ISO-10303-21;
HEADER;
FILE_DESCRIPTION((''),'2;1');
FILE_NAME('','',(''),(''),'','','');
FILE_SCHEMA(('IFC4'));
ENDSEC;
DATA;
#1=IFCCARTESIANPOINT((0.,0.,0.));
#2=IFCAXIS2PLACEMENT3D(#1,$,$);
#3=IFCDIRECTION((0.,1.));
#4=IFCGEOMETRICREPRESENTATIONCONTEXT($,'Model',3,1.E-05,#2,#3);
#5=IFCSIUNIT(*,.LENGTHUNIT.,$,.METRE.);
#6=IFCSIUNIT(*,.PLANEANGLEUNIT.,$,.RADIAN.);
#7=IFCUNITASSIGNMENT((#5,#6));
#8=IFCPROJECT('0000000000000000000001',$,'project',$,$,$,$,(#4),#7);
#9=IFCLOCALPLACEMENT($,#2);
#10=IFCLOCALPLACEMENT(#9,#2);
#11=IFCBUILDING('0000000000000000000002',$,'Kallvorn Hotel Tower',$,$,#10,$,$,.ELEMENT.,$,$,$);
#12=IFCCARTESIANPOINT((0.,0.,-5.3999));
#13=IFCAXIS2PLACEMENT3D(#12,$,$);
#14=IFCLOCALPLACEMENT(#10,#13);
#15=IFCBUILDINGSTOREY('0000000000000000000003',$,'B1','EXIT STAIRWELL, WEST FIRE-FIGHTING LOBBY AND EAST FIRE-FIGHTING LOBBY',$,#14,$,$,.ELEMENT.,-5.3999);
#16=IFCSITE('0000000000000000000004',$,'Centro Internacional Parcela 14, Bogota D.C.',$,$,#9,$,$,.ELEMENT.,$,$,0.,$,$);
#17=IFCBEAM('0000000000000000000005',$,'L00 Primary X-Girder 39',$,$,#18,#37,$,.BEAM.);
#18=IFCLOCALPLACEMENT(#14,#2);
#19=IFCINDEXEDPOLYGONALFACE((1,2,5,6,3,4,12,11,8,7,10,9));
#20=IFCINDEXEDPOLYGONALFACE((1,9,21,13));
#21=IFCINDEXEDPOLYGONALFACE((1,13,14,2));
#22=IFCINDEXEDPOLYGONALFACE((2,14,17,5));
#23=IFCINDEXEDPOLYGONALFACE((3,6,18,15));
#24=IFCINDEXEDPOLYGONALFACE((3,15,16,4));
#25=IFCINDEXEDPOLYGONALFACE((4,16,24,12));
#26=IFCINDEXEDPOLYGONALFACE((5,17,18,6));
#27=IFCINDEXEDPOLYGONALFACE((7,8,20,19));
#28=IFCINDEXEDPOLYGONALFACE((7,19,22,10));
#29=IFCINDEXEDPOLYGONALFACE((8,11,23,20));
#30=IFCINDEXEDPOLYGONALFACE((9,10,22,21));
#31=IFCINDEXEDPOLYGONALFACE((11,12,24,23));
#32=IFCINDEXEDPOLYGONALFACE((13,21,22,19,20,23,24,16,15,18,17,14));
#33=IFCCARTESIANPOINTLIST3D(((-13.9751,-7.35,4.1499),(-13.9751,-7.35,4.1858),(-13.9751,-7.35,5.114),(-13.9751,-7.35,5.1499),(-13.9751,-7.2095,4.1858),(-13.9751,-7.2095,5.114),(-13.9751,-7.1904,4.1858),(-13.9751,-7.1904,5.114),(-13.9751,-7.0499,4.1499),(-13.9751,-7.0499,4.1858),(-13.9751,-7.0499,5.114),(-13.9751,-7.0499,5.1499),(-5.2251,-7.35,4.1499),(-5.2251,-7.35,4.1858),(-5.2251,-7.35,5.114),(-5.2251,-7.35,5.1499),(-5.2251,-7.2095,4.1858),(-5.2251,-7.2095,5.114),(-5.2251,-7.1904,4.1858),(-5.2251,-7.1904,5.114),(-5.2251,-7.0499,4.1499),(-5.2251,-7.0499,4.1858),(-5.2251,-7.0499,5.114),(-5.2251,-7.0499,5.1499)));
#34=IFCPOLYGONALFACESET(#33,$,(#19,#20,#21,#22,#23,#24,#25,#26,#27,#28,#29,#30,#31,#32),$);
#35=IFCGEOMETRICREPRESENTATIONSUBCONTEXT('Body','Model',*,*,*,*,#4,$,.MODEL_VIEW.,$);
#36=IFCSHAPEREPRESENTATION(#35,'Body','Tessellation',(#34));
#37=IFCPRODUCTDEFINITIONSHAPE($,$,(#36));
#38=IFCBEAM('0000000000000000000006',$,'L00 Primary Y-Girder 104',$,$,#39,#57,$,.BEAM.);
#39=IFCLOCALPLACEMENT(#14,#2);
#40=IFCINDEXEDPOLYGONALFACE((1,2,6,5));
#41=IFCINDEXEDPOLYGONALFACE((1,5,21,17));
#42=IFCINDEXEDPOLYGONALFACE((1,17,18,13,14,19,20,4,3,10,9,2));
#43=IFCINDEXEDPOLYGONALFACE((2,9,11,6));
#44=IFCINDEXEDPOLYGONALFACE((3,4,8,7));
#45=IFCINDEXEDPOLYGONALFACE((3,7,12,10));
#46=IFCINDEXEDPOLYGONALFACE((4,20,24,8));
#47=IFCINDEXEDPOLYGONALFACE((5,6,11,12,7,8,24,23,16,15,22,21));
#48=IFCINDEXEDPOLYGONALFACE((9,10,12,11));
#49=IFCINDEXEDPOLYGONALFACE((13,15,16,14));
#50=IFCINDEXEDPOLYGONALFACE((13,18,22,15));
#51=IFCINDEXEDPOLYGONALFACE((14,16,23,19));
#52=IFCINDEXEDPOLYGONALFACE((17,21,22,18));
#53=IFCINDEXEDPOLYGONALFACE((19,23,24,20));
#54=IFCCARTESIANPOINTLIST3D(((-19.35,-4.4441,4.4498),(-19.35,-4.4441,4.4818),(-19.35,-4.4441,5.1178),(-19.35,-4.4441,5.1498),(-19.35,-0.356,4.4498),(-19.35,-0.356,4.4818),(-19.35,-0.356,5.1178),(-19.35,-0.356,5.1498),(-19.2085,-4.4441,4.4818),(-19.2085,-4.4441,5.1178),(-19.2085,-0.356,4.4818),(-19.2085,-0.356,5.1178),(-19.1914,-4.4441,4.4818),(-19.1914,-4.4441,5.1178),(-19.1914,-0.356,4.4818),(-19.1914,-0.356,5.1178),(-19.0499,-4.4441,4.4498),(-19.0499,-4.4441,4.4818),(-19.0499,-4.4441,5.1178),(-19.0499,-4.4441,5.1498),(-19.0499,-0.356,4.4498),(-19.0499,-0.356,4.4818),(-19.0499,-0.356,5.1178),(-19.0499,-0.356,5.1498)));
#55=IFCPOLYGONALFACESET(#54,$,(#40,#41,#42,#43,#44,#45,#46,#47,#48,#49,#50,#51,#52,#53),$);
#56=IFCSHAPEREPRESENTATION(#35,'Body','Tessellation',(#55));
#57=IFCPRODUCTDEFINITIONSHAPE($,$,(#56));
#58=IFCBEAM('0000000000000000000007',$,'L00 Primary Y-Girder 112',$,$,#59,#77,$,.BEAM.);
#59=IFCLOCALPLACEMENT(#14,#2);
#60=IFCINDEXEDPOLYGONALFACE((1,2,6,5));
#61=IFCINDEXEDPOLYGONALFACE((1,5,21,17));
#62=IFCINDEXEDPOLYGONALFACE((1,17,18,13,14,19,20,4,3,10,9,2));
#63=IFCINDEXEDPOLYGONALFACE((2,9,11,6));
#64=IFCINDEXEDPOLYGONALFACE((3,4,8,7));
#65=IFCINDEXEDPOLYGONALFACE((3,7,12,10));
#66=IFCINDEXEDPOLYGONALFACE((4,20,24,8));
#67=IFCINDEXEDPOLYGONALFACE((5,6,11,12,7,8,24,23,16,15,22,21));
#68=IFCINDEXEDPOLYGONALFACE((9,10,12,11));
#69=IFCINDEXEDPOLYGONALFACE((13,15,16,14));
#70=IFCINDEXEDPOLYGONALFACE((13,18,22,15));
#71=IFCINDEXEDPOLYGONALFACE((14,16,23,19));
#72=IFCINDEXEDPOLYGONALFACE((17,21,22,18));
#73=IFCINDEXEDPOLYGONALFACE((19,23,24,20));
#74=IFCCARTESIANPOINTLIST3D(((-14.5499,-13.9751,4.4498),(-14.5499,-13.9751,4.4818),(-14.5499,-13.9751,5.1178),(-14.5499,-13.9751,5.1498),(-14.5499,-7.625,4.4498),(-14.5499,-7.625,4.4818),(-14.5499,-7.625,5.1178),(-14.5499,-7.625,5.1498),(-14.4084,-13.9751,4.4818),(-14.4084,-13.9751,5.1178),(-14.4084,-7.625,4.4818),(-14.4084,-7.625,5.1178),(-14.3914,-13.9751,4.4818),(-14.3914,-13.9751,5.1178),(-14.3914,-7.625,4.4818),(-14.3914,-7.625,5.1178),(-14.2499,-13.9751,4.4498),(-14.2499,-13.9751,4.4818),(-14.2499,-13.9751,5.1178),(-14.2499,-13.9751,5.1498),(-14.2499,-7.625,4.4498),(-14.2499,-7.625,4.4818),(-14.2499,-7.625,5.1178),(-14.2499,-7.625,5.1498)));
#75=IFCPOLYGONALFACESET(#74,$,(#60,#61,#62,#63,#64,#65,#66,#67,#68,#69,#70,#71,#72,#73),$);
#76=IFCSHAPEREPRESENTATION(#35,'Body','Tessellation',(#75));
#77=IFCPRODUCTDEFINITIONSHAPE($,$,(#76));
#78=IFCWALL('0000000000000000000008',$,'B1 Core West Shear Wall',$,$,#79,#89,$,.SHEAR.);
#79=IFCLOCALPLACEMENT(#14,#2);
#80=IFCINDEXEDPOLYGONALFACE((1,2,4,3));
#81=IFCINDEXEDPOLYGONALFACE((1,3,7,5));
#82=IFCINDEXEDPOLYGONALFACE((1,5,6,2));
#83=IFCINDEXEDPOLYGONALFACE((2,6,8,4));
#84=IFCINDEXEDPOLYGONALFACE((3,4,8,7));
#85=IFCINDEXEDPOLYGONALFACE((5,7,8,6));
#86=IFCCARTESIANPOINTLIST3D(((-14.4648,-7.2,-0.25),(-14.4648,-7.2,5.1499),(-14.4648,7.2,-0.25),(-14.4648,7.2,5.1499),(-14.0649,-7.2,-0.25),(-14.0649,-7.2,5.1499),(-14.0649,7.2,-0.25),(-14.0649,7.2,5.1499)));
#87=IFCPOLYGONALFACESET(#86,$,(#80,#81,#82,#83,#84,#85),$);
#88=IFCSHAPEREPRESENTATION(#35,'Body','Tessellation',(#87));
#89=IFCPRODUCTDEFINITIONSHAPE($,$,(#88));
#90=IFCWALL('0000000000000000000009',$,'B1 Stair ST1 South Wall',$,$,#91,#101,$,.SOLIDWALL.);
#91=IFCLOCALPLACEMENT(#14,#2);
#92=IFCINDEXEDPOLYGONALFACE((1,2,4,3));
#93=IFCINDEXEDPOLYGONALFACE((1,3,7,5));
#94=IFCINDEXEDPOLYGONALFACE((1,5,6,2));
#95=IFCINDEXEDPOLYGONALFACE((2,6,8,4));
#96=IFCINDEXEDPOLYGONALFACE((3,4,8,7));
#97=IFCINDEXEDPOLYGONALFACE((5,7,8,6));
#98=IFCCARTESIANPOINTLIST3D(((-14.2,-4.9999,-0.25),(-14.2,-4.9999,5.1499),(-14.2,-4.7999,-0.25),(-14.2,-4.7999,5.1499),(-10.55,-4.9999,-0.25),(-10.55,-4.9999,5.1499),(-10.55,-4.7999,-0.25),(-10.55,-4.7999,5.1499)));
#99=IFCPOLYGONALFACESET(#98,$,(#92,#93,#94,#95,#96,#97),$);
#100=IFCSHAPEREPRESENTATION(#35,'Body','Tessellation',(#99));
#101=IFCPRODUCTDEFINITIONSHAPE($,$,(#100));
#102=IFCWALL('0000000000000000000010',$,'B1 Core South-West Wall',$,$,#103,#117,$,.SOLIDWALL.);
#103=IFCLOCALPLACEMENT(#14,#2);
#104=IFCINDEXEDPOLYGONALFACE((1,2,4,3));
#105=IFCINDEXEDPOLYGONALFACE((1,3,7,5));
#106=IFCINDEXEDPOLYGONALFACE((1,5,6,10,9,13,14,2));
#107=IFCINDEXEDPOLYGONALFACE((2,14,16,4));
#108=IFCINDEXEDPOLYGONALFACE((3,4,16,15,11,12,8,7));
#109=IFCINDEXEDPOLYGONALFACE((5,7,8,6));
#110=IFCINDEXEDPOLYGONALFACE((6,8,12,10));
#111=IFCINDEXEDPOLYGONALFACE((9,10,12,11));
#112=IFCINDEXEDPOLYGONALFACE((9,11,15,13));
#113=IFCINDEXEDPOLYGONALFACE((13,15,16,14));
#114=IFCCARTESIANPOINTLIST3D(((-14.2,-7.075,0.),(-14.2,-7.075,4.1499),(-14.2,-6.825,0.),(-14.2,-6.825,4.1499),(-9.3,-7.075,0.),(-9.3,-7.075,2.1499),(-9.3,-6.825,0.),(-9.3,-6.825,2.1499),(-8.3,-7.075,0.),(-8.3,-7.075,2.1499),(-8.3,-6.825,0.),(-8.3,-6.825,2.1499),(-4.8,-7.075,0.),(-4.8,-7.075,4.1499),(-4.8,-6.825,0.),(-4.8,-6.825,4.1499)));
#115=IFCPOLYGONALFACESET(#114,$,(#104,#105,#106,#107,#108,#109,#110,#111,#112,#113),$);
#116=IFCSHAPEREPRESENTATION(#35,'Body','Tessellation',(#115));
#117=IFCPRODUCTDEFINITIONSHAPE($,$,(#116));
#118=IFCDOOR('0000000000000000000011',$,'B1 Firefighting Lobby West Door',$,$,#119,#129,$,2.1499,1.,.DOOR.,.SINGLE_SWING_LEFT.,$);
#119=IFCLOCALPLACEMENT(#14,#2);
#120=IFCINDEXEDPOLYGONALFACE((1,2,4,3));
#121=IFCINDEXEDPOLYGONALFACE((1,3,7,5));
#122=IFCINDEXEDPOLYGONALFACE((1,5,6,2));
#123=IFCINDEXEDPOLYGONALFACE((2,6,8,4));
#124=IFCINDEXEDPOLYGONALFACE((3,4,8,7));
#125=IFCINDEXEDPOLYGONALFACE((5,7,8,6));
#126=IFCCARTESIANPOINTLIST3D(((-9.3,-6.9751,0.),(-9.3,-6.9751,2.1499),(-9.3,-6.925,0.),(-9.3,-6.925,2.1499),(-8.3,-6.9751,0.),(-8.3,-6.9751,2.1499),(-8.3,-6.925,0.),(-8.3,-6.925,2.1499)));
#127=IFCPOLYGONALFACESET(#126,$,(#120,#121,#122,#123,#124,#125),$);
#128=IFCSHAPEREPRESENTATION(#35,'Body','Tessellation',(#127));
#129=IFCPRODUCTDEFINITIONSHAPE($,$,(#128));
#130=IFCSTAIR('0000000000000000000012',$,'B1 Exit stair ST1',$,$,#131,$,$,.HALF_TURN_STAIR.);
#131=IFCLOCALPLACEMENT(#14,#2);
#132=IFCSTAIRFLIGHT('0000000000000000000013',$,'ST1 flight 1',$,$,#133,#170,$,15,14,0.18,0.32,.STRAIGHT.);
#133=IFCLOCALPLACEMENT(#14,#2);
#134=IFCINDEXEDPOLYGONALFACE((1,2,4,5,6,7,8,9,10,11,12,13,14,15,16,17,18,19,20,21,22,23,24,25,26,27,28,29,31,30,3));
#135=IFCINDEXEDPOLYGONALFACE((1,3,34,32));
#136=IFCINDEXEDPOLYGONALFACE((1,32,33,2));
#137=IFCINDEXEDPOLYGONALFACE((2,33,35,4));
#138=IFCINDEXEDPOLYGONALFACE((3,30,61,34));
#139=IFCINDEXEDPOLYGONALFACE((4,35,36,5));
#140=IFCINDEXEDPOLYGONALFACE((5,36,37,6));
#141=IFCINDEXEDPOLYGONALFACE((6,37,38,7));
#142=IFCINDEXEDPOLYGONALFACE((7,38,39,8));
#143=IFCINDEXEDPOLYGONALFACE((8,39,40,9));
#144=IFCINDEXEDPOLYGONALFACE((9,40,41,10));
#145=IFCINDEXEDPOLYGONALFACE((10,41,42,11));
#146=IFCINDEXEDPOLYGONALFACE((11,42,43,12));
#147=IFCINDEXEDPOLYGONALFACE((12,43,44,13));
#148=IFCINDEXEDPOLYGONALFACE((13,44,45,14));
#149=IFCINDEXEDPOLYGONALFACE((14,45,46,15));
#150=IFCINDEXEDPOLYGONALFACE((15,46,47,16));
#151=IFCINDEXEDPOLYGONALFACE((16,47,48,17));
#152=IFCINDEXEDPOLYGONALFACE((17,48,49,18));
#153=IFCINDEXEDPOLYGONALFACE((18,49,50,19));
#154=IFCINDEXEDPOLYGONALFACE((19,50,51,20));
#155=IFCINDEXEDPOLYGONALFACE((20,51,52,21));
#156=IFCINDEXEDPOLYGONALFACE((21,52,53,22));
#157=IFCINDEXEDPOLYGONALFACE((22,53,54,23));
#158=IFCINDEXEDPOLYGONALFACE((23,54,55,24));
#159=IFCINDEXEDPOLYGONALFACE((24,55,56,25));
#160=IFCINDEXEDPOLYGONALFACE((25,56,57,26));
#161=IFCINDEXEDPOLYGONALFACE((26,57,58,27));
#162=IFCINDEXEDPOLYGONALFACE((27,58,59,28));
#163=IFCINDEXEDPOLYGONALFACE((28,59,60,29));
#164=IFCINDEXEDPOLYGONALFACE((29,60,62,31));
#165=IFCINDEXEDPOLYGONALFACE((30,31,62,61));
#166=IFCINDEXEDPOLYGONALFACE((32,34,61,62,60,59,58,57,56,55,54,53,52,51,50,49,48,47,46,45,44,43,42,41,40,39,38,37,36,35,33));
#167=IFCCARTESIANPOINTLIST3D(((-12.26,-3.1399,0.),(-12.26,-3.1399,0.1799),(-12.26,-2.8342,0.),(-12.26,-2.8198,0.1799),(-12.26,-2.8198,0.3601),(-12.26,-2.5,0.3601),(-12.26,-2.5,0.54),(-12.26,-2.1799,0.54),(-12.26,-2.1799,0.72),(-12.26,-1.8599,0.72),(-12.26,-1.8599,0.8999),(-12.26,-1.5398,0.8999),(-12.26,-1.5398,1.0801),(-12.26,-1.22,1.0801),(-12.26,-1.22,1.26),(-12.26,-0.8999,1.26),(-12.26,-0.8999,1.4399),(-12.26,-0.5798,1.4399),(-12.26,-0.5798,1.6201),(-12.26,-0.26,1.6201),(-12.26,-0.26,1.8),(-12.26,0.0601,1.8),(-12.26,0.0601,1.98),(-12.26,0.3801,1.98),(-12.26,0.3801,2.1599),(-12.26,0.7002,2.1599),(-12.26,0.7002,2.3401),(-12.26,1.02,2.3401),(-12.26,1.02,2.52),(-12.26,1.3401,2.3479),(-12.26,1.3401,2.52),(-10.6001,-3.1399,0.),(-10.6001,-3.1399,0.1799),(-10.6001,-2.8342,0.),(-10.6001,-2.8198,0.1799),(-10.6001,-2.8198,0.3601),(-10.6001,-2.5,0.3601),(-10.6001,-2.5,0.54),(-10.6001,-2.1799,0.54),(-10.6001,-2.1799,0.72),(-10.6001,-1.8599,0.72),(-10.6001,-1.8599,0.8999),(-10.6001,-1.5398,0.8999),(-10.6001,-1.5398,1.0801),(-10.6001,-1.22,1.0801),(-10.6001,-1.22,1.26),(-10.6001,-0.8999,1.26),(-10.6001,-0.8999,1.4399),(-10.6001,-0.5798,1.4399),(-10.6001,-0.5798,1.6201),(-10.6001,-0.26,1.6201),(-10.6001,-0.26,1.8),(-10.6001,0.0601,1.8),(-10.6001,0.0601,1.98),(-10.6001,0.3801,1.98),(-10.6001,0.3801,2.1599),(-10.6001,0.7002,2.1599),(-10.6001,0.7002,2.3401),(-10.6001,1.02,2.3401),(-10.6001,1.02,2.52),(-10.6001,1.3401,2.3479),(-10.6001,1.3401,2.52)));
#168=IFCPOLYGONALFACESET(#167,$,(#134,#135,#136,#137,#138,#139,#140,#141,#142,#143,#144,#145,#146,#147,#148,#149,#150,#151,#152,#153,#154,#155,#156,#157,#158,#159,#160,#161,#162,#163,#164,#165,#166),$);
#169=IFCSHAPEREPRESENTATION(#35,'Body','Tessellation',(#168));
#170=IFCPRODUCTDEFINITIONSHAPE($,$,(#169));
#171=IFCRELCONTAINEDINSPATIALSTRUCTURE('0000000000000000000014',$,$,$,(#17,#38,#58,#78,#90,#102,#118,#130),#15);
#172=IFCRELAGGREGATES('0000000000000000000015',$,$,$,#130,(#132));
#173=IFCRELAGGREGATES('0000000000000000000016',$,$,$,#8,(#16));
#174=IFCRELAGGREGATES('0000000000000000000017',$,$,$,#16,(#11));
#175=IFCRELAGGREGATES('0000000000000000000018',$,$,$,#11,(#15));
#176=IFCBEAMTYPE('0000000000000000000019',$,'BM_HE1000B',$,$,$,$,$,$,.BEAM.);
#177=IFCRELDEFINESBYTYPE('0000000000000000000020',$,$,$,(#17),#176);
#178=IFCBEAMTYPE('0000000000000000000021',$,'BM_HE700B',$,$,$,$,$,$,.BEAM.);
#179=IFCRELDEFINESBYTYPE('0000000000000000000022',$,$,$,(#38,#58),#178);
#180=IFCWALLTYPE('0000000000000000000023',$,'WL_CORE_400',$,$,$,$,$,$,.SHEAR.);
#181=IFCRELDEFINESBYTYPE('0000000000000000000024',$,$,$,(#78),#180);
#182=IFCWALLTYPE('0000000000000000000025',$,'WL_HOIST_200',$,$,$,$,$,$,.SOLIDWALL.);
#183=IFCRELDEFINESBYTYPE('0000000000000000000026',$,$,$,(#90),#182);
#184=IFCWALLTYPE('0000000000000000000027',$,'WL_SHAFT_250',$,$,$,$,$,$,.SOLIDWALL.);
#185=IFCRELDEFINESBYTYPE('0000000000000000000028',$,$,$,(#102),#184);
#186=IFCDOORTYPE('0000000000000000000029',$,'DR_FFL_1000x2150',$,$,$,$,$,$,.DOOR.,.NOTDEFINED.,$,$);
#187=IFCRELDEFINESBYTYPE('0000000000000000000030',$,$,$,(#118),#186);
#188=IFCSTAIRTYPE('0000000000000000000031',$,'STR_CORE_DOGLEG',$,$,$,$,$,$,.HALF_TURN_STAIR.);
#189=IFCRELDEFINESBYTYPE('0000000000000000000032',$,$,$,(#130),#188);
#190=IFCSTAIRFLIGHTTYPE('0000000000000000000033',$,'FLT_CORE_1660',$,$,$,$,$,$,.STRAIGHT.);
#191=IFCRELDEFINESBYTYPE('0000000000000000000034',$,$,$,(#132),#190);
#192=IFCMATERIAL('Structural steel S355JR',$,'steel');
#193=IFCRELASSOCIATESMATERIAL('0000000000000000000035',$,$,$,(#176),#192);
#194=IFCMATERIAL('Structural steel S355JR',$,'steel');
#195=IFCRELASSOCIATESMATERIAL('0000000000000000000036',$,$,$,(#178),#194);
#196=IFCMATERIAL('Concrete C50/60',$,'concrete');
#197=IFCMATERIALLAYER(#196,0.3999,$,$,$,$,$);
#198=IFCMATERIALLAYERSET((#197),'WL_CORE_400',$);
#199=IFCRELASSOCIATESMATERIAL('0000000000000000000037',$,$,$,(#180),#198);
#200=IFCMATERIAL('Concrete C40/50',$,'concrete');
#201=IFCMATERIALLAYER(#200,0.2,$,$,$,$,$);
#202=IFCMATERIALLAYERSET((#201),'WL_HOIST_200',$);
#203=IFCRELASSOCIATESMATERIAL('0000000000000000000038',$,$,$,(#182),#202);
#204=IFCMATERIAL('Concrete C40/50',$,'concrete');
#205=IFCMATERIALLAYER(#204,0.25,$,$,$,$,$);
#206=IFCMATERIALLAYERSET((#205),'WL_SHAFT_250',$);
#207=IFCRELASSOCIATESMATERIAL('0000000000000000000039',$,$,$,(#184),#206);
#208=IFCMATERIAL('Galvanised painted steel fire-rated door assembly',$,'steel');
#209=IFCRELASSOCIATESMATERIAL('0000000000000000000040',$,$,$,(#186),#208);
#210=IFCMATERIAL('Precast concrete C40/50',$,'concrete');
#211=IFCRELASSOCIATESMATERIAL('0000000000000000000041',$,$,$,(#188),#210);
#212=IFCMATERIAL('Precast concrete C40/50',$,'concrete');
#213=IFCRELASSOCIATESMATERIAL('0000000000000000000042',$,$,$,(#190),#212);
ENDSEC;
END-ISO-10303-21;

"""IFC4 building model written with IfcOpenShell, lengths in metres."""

from ifc_helpers import new_model, si_unit, direction, frame, frame_2d, origin, origin_2d, place, context, subcontext, project, spatial, polyline, rectangle, i_section, outline, extrude, material, layer, layer_set, material_profile, profile_set, type_object, element, fill, aggregate, save


model = new_model("IFC4")

# Units and contexts
model_context = context("Model", 3, precision=1e-05, world=origin(), true_north=direction((0.0, 1.0)))
body_context = subcontext(model_context, "Body", "Model", "MODEL_VIEW")
ifc_project = project(units=[si_unit("LENGTHUNIT", "METRE"), si_unit("PLANEANGLEUNIT", "RADIAN")], contexts=[model_context])

# Site, building, storey
site_placement = place(None, origin())
site = spatial("IfcSite", under=ifc_project, at=site_placement, Name="Centro Internacional Parcela 14, Bogota D.C.", CompositionType="ELEMENT", RefElevation=0.0)
building_placement = place(site_placement, origin())
building = spatial("IfcBuilding", under=site, at=building_placement, Name="Kallvorn Hotel Tower", CompositionType="ELEMENT")
storey_placement = place(building_placement, frame((0.0, 0.0, -5.3999)))
storey = spatial("IfcBuildingStorey", under=building, at=storey_placement, Name="B1", Description="EXIT STAIRWELL, WEST FIRE-FIGHTING LOBBY AND EAST FIRE-FIGHTING LOBBY", CompositionType="ELEMENT", Elevation=-5.3999)

# Beams
ifc_material_1 = material(Name="Structural steel S355JR", Category="steel")
ifc_material_profile_1 = material_profile(ifc_material_1, i_section(OverallWidth=0.3, OverallDepth=1.0, WebThickness=0.019, FlangeThickness=0.0359, at=origin_2d()), Name="HE 1000 B")
ifc_profile_set_1 = profile_set([ifc_material_profile_1], Name="Structural steel S355JR")
beam_type_1 = type_object("IfcBeamType", Name="BM_HE1000B", PredefinedType="BEAM", material=ifc_profile_set_1)
beam_1_placement = place(storey_placement, frame((-13.9751, -7.2, 4.6499), z_axis=(1.0, 0.0, 0.0), x_axis=(0.0, 1.0, 0.0)))
element("IfcBeam", 1, at=beam_1_placement, inside=storey, type_object=beam_type_1, Name="L00 Primary X-Girder 39", PredefinedType="BEAM", context=body_context, shape_type="SweptSolid", body=[
    extrude(i_section(OverallWidth=0.3, OverallDepth=1.0, WebThickness=0.019, FlangeThickness=0.0359, at=origin_2d()), origin(), (0.0, 0.0, 1.0), 8.75),
])
ifc_material_2 = material(Name="Structural steel S355JR", Category="steel")
ifc_material_profile_2 = material_profile(ifc_material_2, i_section(OverallWidth=0.3, OverallDepth=0.7, WebThickness=0.0171, FlangeThickness=0.032, at=origin_2d()), Name="HE 700 B")
ifc_profile_set_2 = profile_set([ifc_material_profile_2], Name="Structural steel S355JR")
beam_type_2 = type_object("IfcBeamType", Name="BM_HE700B", PredefinedType="BEAM", material=ifc_profile_set_2)
beam_2_placement = place(storey_placement, frame((-19.2, -4.4441, 4.7998), z_axis=(0.0, 1.0, 0.0), x_axis=(-1.0, 0.0, 0.0)))
element("IfcBeam", 2, at=beam_2_placement, inside=storey, type_object=beam_type_2, Name="L00 Primary Y-Girder 104", PredefinedType="BEAM", context=body_context, shape_type="SweptSolid", body=[
    extrude(i_section(OverallWidth=0.3, OverallDepth=0.7, WebThickness=0.0171, FlangeThickness=0.032, at=origin_2d()), origin(), (0.0, 0.0, 1.0), 4.0881),
])
beam_3_placement = place(storey_placement, frame((-14.3999, -13.9751, 4.7998), z_axis=(0.0, 1.0, 0.0), x_axis=(-1.0, 0.0, 0.0)))
element("IfcBeam", 3, at=beam_3_placement, inside=storey, type_object=beam_type_2, Name="L00 Primary Y-Girder 112", PredefinedType="BEAM", context=body_context, shape_type="SweptSolid", body=[
    extrude(i_section(OverallWidth=0.3, OverallDepth=0.7, WebThickness=0.0171, FlangeThickness=0.032, at=origin_2d()), origin(), (0.0, 0.0, 1.0), 6.3501),
])

# Walls
ifc_material_3 = material(Name="Concrete C50/60", Category="concrete")
ifc_layer_1 = layer(ifc_material_3, 0.3999)
ifc_layer_set_1 = layer_set([ifc_layer_1], Name="WL_CORE_400")
wall_type_1 = type_object("IfcWallType", Name="WL_CORE_400", PredefinedType="SHEAR", material=ifc_layer_set_1)
wall_1_placement = place(storey_placement, frame((-14.2649, -7.2, -0.25), z_axis=(0.0, 0.0, 1.0), x_axis=(0.0, 1.0, 0.0)))
element("IfcWall", 4, at=wall_1_placement, inside=storey, type_object=wall_type_1, Name="B1 Core West Shear Wall", PredefinedType="SHEAR", context=body_context, shape_type="SweptSolid", body=[
    extrude(rectangle(XDim=14.3999, YDim=0.3999, at=frame_2d((7.2, 0.0))), origin(), (0.0, 0.0, 1.0), 5.3999),
])
ifc_material_4 = material(Name="Concrete C40/50", Category="concrete")
ifc_layer_2 = layer(ifc_material_4, 0.2)
ifc_layer_set_2 = layer_set([ifc_layer_2], Name="WL_HOIST_200")
wall_type_2 = type_object("IfcWallType", Name="WL_HOIST_200", PredefinedType="SOLIDWALL", material=ifc_layer_set_2)
wall_2_placement = place(storey_placement, frame((-14.2, -4.8999, -0.25), z_axis=(0.0, 0.0, 1.0), x_axis=(1.0, 0.0, 0.0)))
element("IfcWall", 5, at=wall_2_placement, inside=storey, type_object=wall_type_2, Name="B1 Stair ST1 South Wall", PredefinedType="SOLIDWALL", context=body_context, shape_type="SweptSolid", body=[
    extrude(rectangle(XDim=3.6499, YDim=0.2, at=frame_2d((1.825, 0.0))), origin(), (0.0, 0.0, 1.0), 5.3999),
])

# Wall, opening, door
ifc_material_5 = material(Name="Concrete C40/50", Category="concrete")
ifc_layer_3 = layer(ifc_material_5, 0.25)
ifc_layer_set_3 = layer_set([ifc_layer_3], Name="WL_SHAFT_250")
wall_type_3 = type_object("IfcWallType", Name="WL_SHAFT_250", PredefinedType="SOLIDWALL", material=ifc_layer_set_3)
wall_3_placement = place(storey_placement, frame((-14.2, -6.95, 0.0), z_axis=(0.0, 0.0, 1.0), x_axis=(1.0, 0.0, 0.0)))
wall_3 = element("IfcWall", 6, at=wall_3_placement, inside=storey, type_object=wall_type_3, Name="B1 Core South-West Wall", PredefinedType="SOLIDWALL", context=body_context, shape_type="SweptSolid", body=[
    extrude(rectangle(XDim=9.3999, YDim=0.25, at=frame_2d((4.7, 0.0))), origin(), (0.0, 0.0, 1.0), 4.1499),
])
opening_placement = place(wall_3_placement, frame((4.8999, 0.0, 0.0)))
opening = element("IfcOpeningElement", 7, at=opening_placement, cuts=wall_3, PredefinedType="OPENING", context=body_context, shape_type="SweptSolid", body=[
    extrude(rectangle(XDim=1.0, YDim=2.1499, at=frame_2d((0.5, 1.075))), frame((0.0, 0.1399, 0.0), z_axis=(0.0, -1.0, 0.0), x_axis=(1.0, 0.0, 0.0)), (0.0, 0.0, 1.0), 0.28),
])
ifc_material_6 = material(Name="Galvanised painted steel fire-rated door assembly", Category="steel")
door_type = type_object("IfcDoorType", Name="DR_FFL_1000x2150", OperationType="NOTDEFINED", PredefinedType="DOOR", material=ifc_material_6)
door_placement = place(opening_placement, origin())
door = element("IfcDoor", 8, at=door_placement, inside=storey, type_object=door_type, Name="B1 Firefighting Lobby West Door", OperationType="SINGLE_SWING_LEFT", OverallHeight=2.1499, OverallWidth=1.0, PredefinedType="DOOR", context=body_context, shape_type="SweptSolid", body=[
    extrude(rectangle(XDim=1.0, YDim=2.1499, at=frame_2d((0.5, 1.075))), frame((0.0, 0.0249, 0.0), z_axis=(0.0, -1.0, 0.0), x_axis=(1.0, 0.0, 0.0)), (0.0, 0.0, 1.0), 0.05),
])
fill(opening, door)

# Stair, stair flight
ifc_material_7 = material(Name="Precast concrete C40/50", Category="concrete")
stair_type = type_object("IfcStairType", Name="STR_CORE_DOGLEG", PredefinedType="HALF_TURN_STAIR", material=ifc_material_7)
stair_placement = place(storey_placement, origin())
stair = element("IfcStair", 9, at=stair_placement, inside=storey, type_object=stair_type, Name="B1 Exit stair ST1", PredefinedType="HALF_TURN_STAIR")
ifc_material_8 = material(Name="Precast concrete C40/50", Category="concrete")
stair_flight_type = type_object("IfcStairFlightType", Name="FLT_CORE_1660", PredefinedType="STRAIGHT", material=ifc_material_8)
stair_flight_placement = place(storey_placement, frame((-11.4299, -3.1399, 0.0), z_axis=(0.0, 0.0, 1.0), x_axis=(0.0, 1.0, 0.0)))
stair_flight = element("IfcStairFlight", 10, at=stair_flight_placement, type_object=stair_flight_type, Name="ST1 flight 1", NumberOfRisers=15, NumberOfTreads=14, PredefinedType="STRAIGHT", RiserHeight=0.18, TreadLength=0.32, context=body_context, shape_type="SweptSolid", body=[
    extrude(outline(polyline([(0.0, 0.0), (0.0, 0.1799), (0.3201, 0.1799), (0.3201, 0.3601), (0.6399, 0.3601), (0.6399, 0.54), (0.96, 0.54), (0.96, 0.72), (1.28, 0.72), (1.28, 0.8999), (1.6001, 0.8999), (1.6001, 1.0801), (1.9199, 1.0801), (1.9199, 1.26), (2.24, 1.26), (2.24, 1.4399), (2.5601, 1.4399), (2.5601, 1.6201), (2.8799, 1.6201), (2.8799, 1.8), (3.2, 1.8), (3.2, 1.98), (3.52, 1.98), (3.52, 2.1599), (3.8401, 2.1599), (3.8401, 2.3401), (4.1599, 2.3401), (4.1599, 2.52), (4.48, 2.52), (4.48, 2.7), (4.48, 2.3479), (0.3057, 0.0), (0.0, 0.0)])), frame((0.0, 0.8301, 0.0), z_axis=(0.0, -1.0, 0.0), x_axis=(1.0, 0.0, 0.0)), (0.0, 0.0, 1.0), 1.6599),
])
aggregate(stair, [stair_flight])

save(model, "model.ifc")
